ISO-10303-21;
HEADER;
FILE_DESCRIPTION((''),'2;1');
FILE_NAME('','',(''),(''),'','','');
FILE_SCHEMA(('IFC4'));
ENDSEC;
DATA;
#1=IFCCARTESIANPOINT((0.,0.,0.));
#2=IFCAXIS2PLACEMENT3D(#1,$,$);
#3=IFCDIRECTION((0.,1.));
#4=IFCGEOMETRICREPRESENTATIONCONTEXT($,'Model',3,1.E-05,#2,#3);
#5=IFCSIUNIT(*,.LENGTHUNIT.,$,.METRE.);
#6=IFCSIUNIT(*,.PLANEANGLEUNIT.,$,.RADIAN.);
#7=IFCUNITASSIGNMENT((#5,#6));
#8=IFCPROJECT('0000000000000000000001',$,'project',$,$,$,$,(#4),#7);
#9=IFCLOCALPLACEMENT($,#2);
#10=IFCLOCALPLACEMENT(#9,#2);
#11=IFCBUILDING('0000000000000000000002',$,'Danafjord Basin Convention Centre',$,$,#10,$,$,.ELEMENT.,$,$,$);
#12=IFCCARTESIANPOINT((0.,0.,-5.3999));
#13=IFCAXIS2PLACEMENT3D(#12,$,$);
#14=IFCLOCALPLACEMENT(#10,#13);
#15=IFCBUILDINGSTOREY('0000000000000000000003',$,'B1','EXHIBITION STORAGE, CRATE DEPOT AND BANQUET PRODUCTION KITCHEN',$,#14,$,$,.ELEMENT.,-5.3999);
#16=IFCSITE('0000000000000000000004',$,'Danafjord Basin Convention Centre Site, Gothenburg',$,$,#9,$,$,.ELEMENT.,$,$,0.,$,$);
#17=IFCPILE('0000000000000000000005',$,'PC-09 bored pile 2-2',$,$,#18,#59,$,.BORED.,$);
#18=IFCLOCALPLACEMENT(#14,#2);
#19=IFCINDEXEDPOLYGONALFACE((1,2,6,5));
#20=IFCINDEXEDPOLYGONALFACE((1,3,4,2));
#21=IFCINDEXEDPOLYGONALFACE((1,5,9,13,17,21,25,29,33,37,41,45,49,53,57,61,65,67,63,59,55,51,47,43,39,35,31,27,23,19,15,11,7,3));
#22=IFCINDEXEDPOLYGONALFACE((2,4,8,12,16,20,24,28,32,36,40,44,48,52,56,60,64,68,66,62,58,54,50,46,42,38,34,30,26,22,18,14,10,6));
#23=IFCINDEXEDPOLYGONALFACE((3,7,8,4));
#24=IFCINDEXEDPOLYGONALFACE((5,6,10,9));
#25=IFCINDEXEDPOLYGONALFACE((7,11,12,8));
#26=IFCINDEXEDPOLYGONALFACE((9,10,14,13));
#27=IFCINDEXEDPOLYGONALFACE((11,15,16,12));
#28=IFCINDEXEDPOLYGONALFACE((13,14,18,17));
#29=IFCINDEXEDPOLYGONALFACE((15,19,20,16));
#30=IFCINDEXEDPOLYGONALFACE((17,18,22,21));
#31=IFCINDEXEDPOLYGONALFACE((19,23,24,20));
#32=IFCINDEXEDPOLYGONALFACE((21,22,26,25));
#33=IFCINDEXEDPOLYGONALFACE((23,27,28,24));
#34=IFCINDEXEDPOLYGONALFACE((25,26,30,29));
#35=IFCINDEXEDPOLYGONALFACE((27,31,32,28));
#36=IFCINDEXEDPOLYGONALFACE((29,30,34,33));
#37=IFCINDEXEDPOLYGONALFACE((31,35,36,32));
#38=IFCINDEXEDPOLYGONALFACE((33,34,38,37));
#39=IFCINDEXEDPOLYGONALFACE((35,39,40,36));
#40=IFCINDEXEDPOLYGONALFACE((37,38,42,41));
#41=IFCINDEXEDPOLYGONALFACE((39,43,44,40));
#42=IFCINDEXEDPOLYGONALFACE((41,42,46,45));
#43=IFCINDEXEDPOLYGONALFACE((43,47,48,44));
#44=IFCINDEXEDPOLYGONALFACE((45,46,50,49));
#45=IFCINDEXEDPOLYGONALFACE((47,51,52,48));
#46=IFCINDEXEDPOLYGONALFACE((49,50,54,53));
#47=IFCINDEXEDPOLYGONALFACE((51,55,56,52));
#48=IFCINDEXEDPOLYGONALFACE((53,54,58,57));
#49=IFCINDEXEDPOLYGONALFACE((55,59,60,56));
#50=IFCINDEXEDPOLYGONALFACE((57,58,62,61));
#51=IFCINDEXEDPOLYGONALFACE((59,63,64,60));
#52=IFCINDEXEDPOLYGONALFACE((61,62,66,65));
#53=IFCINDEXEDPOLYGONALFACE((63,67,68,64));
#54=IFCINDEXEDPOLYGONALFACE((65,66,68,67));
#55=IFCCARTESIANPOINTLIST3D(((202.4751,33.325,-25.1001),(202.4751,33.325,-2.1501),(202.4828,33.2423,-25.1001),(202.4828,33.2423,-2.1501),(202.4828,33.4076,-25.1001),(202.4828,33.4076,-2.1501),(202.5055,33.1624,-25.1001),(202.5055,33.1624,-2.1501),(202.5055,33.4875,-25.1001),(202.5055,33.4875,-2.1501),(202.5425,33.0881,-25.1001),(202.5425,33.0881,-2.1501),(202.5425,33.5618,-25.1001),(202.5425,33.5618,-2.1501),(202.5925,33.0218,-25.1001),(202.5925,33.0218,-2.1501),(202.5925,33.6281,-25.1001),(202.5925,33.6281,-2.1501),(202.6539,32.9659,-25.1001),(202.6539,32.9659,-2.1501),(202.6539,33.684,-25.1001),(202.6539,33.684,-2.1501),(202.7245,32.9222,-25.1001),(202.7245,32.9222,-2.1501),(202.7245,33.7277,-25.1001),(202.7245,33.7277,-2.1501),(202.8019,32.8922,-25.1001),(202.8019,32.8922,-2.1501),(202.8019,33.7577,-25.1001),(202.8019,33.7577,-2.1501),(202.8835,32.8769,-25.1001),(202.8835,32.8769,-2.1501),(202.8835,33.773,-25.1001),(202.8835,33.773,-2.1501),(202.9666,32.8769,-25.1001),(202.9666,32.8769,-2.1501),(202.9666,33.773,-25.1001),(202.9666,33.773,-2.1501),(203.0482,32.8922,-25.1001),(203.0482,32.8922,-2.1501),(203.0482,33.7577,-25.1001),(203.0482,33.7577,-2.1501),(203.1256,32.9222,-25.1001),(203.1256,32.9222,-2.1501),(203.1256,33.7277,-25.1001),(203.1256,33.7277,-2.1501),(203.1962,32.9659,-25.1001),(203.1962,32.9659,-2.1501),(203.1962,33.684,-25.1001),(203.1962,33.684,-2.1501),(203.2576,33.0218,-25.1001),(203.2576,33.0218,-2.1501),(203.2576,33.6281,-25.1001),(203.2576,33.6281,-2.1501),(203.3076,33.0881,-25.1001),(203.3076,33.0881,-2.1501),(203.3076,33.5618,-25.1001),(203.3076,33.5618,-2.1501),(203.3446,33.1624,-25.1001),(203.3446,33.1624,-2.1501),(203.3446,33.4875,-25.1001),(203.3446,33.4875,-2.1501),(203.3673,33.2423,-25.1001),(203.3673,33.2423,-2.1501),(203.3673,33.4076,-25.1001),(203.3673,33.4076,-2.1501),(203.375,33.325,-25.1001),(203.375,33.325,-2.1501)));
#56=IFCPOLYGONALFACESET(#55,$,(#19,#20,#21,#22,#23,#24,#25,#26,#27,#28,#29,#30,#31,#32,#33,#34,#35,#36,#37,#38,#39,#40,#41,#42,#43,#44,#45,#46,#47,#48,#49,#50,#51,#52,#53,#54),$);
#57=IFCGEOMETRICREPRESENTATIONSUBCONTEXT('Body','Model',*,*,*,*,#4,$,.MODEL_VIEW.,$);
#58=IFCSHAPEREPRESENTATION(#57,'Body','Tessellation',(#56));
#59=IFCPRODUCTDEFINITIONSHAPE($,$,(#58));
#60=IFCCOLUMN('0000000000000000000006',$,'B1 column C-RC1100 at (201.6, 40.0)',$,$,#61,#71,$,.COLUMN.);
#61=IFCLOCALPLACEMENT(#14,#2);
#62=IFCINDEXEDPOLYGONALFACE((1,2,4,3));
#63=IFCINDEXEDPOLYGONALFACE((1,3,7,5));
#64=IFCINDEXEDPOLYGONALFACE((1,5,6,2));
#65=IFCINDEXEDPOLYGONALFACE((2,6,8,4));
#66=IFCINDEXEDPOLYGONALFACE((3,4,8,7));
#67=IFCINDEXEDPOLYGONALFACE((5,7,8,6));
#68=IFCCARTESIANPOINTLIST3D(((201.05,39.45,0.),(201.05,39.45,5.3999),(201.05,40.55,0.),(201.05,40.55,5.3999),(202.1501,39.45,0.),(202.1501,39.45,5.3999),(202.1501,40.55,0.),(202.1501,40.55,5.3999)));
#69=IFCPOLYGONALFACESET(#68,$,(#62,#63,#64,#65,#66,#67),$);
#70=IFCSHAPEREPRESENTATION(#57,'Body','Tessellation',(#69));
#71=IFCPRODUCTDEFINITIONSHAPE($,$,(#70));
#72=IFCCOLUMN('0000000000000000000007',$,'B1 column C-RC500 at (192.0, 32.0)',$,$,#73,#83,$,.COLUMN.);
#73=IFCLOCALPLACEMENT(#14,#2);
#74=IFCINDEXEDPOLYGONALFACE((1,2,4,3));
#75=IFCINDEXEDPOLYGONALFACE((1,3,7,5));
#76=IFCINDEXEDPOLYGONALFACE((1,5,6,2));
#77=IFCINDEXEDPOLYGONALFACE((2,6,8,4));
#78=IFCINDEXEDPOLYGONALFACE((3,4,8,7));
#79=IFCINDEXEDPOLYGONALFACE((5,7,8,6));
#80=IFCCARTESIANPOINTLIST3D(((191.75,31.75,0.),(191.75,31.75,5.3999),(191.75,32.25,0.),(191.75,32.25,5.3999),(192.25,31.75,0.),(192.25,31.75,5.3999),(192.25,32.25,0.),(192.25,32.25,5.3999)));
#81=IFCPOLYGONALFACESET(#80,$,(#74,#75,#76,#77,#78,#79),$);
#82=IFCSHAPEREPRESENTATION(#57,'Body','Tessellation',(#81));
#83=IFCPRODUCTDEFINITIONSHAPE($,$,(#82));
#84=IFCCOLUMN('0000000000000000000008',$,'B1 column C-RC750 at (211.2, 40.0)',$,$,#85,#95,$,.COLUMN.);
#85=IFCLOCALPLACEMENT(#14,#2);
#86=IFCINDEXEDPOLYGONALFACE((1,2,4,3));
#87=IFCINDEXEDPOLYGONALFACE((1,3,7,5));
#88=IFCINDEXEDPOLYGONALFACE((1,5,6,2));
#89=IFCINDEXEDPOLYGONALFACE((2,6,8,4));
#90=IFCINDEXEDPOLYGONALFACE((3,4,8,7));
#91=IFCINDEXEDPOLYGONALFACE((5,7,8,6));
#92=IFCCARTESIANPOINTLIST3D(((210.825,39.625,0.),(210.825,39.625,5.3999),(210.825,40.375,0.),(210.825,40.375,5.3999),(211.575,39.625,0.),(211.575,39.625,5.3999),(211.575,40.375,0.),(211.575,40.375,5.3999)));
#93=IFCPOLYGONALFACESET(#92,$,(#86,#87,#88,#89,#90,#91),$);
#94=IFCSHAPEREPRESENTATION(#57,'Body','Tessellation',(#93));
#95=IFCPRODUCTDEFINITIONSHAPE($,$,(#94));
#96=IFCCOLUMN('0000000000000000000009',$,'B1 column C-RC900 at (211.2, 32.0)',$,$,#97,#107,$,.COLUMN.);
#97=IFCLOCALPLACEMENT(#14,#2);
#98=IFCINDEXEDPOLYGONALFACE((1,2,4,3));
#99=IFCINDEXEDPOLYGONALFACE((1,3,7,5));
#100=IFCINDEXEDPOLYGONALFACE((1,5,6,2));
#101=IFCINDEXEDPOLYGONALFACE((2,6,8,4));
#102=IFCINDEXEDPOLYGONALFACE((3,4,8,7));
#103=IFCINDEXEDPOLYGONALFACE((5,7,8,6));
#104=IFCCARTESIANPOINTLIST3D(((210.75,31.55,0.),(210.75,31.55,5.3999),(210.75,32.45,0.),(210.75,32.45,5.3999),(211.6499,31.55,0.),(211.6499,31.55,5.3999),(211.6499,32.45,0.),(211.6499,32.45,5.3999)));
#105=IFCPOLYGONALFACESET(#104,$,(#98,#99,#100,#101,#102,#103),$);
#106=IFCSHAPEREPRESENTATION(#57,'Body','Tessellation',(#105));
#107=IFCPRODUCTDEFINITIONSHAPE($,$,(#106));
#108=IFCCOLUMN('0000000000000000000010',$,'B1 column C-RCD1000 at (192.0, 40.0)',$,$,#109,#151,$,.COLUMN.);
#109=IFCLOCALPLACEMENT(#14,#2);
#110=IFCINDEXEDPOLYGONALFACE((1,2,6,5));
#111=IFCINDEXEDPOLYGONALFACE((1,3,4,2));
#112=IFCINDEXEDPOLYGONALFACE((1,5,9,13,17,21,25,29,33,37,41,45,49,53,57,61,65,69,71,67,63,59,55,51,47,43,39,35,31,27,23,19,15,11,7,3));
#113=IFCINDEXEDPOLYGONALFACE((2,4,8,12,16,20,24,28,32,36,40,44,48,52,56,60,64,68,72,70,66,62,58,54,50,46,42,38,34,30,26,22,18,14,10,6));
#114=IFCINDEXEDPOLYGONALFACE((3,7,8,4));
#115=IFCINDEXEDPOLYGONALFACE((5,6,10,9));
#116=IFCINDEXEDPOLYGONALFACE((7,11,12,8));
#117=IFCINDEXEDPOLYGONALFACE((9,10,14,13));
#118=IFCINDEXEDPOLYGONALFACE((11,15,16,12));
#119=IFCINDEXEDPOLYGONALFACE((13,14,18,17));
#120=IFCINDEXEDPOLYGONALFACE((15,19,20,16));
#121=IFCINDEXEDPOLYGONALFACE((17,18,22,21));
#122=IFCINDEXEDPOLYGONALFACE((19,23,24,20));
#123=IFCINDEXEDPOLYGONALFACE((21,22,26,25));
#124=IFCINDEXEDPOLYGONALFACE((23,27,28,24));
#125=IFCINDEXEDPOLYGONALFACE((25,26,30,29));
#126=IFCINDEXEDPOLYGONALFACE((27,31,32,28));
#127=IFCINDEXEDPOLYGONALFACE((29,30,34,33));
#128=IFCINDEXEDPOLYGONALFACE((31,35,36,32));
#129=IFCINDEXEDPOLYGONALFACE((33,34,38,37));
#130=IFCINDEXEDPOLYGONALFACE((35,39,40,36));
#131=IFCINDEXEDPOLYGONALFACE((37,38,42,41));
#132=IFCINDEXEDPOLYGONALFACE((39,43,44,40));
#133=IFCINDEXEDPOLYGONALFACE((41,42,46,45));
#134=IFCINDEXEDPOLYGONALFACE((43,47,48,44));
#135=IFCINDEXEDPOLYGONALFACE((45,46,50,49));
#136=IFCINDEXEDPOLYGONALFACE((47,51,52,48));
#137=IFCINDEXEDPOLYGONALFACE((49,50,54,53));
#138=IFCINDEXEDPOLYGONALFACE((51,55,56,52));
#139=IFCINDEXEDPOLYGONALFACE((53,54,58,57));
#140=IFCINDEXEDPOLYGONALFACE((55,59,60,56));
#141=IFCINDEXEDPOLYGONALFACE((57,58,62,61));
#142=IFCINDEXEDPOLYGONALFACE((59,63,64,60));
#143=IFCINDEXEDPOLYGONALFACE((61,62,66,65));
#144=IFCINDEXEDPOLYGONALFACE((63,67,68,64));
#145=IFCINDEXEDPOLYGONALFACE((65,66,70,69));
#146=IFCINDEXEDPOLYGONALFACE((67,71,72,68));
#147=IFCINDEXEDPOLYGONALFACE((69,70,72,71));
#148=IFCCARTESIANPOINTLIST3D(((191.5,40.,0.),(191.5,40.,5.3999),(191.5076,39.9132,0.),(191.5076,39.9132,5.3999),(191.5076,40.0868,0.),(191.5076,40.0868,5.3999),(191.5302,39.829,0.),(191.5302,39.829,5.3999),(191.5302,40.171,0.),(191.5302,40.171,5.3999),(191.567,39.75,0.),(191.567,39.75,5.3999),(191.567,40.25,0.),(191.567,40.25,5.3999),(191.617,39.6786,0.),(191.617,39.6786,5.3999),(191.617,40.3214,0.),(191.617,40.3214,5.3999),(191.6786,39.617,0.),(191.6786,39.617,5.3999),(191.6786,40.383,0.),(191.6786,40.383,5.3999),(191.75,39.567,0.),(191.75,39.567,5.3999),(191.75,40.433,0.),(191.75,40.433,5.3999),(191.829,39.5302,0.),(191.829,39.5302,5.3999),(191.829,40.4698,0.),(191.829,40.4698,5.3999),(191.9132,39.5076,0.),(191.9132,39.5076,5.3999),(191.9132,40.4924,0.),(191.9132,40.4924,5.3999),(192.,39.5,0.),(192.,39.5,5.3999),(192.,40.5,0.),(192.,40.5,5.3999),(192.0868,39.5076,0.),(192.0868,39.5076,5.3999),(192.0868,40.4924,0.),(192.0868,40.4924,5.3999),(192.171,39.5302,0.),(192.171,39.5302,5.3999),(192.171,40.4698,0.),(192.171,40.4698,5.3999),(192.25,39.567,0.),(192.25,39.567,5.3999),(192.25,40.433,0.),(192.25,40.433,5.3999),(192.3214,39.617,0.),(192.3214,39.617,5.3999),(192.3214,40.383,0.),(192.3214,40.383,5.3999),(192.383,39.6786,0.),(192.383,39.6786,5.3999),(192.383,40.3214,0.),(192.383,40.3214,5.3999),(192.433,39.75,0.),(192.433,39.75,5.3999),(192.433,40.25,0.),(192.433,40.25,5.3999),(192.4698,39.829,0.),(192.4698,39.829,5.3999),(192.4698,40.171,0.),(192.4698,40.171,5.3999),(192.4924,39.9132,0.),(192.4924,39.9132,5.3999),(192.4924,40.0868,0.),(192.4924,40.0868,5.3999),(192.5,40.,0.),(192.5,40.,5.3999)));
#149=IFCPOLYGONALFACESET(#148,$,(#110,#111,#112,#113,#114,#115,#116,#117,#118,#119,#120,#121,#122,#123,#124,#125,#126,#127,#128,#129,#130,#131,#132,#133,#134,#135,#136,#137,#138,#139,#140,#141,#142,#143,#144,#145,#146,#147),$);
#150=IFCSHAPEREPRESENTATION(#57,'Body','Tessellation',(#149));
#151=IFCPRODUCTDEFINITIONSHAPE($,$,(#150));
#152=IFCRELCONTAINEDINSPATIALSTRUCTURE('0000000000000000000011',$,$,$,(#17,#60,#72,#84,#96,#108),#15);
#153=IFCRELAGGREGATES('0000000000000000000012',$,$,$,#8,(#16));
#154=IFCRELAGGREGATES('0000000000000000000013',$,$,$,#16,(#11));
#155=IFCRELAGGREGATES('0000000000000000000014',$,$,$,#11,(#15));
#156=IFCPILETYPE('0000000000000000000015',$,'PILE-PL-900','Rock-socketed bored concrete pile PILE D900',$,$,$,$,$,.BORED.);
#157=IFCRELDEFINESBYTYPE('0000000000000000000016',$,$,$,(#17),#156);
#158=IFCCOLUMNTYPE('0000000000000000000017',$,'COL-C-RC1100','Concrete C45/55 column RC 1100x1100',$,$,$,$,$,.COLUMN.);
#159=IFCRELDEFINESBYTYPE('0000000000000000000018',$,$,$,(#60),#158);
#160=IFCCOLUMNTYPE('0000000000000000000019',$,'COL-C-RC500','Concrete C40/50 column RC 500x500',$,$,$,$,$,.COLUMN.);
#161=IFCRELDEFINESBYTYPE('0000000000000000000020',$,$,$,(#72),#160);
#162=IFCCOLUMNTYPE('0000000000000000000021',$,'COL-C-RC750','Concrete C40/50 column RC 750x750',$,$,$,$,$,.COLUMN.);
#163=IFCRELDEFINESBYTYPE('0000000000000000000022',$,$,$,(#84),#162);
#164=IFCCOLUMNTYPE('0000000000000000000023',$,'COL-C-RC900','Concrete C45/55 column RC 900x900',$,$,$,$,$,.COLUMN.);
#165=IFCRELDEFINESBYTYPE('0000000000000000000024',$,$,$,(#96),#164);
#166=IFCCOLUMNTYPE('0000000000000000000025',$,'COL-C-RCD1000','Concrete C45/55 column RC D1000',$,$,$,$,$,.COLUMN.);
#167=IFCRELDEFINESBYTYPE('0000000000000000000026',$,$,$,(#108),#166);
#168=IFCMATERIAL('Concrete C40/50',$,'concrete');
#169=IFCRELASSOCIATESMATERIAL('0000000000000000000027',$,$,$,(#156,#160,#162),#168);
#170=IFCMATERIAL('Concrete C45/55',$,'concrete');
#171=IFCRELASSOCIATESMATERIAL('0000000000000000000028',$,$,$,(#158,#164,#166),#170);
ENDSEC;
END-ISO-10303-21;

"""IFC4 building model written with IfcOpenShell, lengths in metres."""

from ifc_helpers import new_model, si_unit, direction, frame, origin, origin_2d, place, context, subcontext, project, spatial, rectangle, circle, extrude, material, material_profile, profile_set, type_object, element, save


model = new_model("IFC4")

# Units and contexts
model_context = context("Model", 3, precision=1e-05, world=origin(), true_north=direction((0.0, 1.0)))
body_context = subcontext(model_context, "Body", "Model", "MODEL_VIEW")
ifc_project = project(units=[si_unit("LENGTHUNIT", "METRE"), si_unit("PLANEANGLEUNIT", "RADIAN")], contexts=[model_context])

# Site, building, storey
site_placement = place(None, origin())
site = spatial("IfcSite", under=ifc_project, at=site_placement, Name="Danafjord Basin Convention Centre Site, Gothenburg", CompositionType="ELEMENT", RefElevation=0.0)
building_placement = place(site_placement, origin())
building = spatial("IfcBuilding", under=site, at=building_placement, Name="Danafjord Basin Convention Centre", CompositionType="ELEMENT")
storey_placement = place(building_placement, frame((0.0, 0.0, -5.3999)))
storey = spatial("IfcBuildingStorey", under=building, at=storey_placement, Name="B1", Description="EXHIBITION STORAGE, CRATE DEPOT AND BANQUET PRODUCTION KITCHEN", CompositionType="ELEMENT", Elevation=-5.3999)

# Shared definitions
ifc_material_1 = material(Name="Concrete C40/50", Category="concrete")

# Pile
ifc_material_profile_1 = material_profile(ifc_material_1, circle(Radius=0.45, at=origin_2d()), Name="PILE D900")
ifc_profile_set_1 = profile_set([ifc_material_profile_1], Name="Concrete C40/50")
pile_type = type_object("IfcPileType", Name="PILE-PL-900", Description="Rock-socketed bored concrete pile PILE D900", PredefinedType="BORED", material=ifc_profile_set_1)
for number, where, z_axis, x_axis, name in (
    (1, (202.925, 33.325, -2.1501), (0.0, 0.0, -1.0), (1.0, 0.0, 0.0), "PC-09 bored pile 2-2"),
):
    element("IfcPile", number, at=place(storey_placement, frame(where, z_axis=z_axis, x_axis=x_axis)), inside=storey, type_object=pile_type, Name=name, PredefinedType="BORED", context=body_context, shape_type="SweptSolid", body=[
        extrude(circle(Radius=0.45, at=origin_2d()), origin(), (0.0, 0.0, 1.0), 22.95),
    ])

# Columns
ifc_material_2 = material(Name="Concrete C45/55", Category="concrete")
ifc_material_profile_2 = material_profile(ifc_material_2, rectangle(XDim=1.1001, YDim=1.1001, at=origin_2d()), Name="RC 1100x1100")
ifc_profile_set_2 = profile_set([ifc_material_profile_2], Name="Concrete C45/55")
column_type_1 = type_object("IfcColumnType", Name="COL-C-RC1100", Description="Concrete C45/55 column RC 1100x1100", PredefinedType="COLUMN", material=ifc_profile_set_2)
column_1_placement = place(storey_placement, frame((201.6001, 40.0, 0.0), z_axis=(0.0, 0.0, 1.0), x_axis=(1.0, 0.0, 0.0)))
element("IfcColumn", 2, at=column_1_placement, inside=storey, type_object=column_type_1, Name="B1 column C-RC1100 at (201.6, 40.0)", PredefinedType="COLUMN", context=body_context, shape_type="SweptSolid", body=[
    extrude(rectangle(XDim=1.1001, YDim=1.1001, at=origin_2d()), origin(), (0.0, 0.0, 1.0), 5.3999),
])
ifc_material_profile_3 = material_profile(ifc_material_1, rectangle(XDim=0.5, YDim=0.5, at=origin_2d()), Name="RC 500x500")
ifc_profile_set_3 = profile_set([ifc_material_profile_3], Name="Concrete C40/50")
column_type_2 = type_object("IfcColumnType", Name="COL-C-RC500", Description="Concrete C40/50 column RC 500x500", PredefinedType="COLUMN", material=ifc_profile_set_3)
column_2_placement = place(storey_placement, frame((192.0, 32.0, 0.0), z_axis=(0.0, 0.0, 1.0), x_axis=(1.0, 0.0, 0.0)))
element("IfcColumn", 3, at=column_2_placement, inside=storey, type_object=column_type_2, Name="B1 column C-RC500 at (192.0, 32.0)", PredefinedType="COLUMN", context=body_context, shape_type="SweptSolid", body=[
    extrude(rectangle(XDim=0.5, YDim=0.5, at=origin_2d()), origin(), (0.0, 0.0, 1.0), 5.3999),
])
ifc_material_profile_4 = material_profile(ifc_material_1, rectangle(XDim=0.75, YDim=0.75, at=origin_2d()), Name="RC 750x750")
ifc_profile_set_4 = profile_set([ifc_material_profile_4], Name="Concrete C40/50")
column_type_3 = type_object("IfcColumnType", Name="COL-C-RC750", Description="Concrete C40/50 column RC 750x750", PredefinedType="COLUMN", material=ifc_profile_set_4)
column_3_placement = place(storey_placement, frame((211.2, 40.0, 0.0), z_axis=(0.0, 0.0, 1.0), x_axis=(1.0, 0.0, 0.0)))
element("IfcColumn", 4, at=column_3_placement, inside=storey, type_object=column_type_3, Name="B1 column C-RC750 at (211.2, 40.0)", PredefinedType="COLUMN", context=body_context, shape_type="SweptSolid", body=[
    extrude(rectangle(XDim=0.75, YDim=0.75, at=origin_2d()), origin(), (0.0, 0.0, 1.0), 5.3999),
])
ifc_material_profile_5 = material_profile(ifc_material_2, rectangle(XDim=0.8999, YDim=0.8999, at=origin_2d()), Name="RC 900x900")
ifc_profile_set_5 = profile_set([ifc_material_profile_5], Name="Concrete C45/55")
column_type_4 = type_object("IfcColumnType", Name="COL-C-RC900", Description="Concrete C45/55 column RC 900x900", PredefinedType="COLUMN", material=ifc_profile_set_5)
column_4_placement = place(storey_placement, frame((211.2, 32.0, 0.0), z_axis=(0.0, 0.0, 1.0), x_axis=(1.0, 0.0, 0.0)))
element("IfcColumn", 5, at=column_4_placement, inside=storey, type_object=column_type_4, Name="B1 column C-RC900 at (211.2, 32.0)", PredefinedType="COLUMN", context=body_context, shape_type="SweptSolid", body=[
    extrude(rectangle(XDim=0.8999, YDim=0.8999, at=origin_2d()), origin(), (0.0, 0.0, 1.0), 5.3999),
])
ifc_material_profile_6 = material_profile(ifc_material_2, circle(Radius=0.5, at=origin_2d()), Name="RC D1000")
ifc_profile_set_6 = profile_set([ifc_material_profile_6], Name="Concrete C45/55")
column_type_5 = type_object("IfcColumnType", Name="COL-C-RCD1000", Description="Concrete C45/55 column RC D1000", PredefinedType="COLUMN", material=ifc_profile_set_6)
column_5_placement = place(storey_placement, frame((192.0, 40.0, 0.0), z_axis=(0.0, 0.0, 1.0), x_axis=(1.0, 0.0, 0.0)))
element("IfcColumn", 6, at=column_5_placement, inside=storey, type_object=column_type_5, Name="B1 column C-RCD1000 at (192.0, 40.0)", PredefinedType="COLUMN", context=body_context, shape_type="SweptSolid", body=[
    extrude(circle(Radius=0.5, at=origin_2d()), origin(), (0.0, 0.0, 1.0), 5.3999),
])

save(model, "model.ifc")
